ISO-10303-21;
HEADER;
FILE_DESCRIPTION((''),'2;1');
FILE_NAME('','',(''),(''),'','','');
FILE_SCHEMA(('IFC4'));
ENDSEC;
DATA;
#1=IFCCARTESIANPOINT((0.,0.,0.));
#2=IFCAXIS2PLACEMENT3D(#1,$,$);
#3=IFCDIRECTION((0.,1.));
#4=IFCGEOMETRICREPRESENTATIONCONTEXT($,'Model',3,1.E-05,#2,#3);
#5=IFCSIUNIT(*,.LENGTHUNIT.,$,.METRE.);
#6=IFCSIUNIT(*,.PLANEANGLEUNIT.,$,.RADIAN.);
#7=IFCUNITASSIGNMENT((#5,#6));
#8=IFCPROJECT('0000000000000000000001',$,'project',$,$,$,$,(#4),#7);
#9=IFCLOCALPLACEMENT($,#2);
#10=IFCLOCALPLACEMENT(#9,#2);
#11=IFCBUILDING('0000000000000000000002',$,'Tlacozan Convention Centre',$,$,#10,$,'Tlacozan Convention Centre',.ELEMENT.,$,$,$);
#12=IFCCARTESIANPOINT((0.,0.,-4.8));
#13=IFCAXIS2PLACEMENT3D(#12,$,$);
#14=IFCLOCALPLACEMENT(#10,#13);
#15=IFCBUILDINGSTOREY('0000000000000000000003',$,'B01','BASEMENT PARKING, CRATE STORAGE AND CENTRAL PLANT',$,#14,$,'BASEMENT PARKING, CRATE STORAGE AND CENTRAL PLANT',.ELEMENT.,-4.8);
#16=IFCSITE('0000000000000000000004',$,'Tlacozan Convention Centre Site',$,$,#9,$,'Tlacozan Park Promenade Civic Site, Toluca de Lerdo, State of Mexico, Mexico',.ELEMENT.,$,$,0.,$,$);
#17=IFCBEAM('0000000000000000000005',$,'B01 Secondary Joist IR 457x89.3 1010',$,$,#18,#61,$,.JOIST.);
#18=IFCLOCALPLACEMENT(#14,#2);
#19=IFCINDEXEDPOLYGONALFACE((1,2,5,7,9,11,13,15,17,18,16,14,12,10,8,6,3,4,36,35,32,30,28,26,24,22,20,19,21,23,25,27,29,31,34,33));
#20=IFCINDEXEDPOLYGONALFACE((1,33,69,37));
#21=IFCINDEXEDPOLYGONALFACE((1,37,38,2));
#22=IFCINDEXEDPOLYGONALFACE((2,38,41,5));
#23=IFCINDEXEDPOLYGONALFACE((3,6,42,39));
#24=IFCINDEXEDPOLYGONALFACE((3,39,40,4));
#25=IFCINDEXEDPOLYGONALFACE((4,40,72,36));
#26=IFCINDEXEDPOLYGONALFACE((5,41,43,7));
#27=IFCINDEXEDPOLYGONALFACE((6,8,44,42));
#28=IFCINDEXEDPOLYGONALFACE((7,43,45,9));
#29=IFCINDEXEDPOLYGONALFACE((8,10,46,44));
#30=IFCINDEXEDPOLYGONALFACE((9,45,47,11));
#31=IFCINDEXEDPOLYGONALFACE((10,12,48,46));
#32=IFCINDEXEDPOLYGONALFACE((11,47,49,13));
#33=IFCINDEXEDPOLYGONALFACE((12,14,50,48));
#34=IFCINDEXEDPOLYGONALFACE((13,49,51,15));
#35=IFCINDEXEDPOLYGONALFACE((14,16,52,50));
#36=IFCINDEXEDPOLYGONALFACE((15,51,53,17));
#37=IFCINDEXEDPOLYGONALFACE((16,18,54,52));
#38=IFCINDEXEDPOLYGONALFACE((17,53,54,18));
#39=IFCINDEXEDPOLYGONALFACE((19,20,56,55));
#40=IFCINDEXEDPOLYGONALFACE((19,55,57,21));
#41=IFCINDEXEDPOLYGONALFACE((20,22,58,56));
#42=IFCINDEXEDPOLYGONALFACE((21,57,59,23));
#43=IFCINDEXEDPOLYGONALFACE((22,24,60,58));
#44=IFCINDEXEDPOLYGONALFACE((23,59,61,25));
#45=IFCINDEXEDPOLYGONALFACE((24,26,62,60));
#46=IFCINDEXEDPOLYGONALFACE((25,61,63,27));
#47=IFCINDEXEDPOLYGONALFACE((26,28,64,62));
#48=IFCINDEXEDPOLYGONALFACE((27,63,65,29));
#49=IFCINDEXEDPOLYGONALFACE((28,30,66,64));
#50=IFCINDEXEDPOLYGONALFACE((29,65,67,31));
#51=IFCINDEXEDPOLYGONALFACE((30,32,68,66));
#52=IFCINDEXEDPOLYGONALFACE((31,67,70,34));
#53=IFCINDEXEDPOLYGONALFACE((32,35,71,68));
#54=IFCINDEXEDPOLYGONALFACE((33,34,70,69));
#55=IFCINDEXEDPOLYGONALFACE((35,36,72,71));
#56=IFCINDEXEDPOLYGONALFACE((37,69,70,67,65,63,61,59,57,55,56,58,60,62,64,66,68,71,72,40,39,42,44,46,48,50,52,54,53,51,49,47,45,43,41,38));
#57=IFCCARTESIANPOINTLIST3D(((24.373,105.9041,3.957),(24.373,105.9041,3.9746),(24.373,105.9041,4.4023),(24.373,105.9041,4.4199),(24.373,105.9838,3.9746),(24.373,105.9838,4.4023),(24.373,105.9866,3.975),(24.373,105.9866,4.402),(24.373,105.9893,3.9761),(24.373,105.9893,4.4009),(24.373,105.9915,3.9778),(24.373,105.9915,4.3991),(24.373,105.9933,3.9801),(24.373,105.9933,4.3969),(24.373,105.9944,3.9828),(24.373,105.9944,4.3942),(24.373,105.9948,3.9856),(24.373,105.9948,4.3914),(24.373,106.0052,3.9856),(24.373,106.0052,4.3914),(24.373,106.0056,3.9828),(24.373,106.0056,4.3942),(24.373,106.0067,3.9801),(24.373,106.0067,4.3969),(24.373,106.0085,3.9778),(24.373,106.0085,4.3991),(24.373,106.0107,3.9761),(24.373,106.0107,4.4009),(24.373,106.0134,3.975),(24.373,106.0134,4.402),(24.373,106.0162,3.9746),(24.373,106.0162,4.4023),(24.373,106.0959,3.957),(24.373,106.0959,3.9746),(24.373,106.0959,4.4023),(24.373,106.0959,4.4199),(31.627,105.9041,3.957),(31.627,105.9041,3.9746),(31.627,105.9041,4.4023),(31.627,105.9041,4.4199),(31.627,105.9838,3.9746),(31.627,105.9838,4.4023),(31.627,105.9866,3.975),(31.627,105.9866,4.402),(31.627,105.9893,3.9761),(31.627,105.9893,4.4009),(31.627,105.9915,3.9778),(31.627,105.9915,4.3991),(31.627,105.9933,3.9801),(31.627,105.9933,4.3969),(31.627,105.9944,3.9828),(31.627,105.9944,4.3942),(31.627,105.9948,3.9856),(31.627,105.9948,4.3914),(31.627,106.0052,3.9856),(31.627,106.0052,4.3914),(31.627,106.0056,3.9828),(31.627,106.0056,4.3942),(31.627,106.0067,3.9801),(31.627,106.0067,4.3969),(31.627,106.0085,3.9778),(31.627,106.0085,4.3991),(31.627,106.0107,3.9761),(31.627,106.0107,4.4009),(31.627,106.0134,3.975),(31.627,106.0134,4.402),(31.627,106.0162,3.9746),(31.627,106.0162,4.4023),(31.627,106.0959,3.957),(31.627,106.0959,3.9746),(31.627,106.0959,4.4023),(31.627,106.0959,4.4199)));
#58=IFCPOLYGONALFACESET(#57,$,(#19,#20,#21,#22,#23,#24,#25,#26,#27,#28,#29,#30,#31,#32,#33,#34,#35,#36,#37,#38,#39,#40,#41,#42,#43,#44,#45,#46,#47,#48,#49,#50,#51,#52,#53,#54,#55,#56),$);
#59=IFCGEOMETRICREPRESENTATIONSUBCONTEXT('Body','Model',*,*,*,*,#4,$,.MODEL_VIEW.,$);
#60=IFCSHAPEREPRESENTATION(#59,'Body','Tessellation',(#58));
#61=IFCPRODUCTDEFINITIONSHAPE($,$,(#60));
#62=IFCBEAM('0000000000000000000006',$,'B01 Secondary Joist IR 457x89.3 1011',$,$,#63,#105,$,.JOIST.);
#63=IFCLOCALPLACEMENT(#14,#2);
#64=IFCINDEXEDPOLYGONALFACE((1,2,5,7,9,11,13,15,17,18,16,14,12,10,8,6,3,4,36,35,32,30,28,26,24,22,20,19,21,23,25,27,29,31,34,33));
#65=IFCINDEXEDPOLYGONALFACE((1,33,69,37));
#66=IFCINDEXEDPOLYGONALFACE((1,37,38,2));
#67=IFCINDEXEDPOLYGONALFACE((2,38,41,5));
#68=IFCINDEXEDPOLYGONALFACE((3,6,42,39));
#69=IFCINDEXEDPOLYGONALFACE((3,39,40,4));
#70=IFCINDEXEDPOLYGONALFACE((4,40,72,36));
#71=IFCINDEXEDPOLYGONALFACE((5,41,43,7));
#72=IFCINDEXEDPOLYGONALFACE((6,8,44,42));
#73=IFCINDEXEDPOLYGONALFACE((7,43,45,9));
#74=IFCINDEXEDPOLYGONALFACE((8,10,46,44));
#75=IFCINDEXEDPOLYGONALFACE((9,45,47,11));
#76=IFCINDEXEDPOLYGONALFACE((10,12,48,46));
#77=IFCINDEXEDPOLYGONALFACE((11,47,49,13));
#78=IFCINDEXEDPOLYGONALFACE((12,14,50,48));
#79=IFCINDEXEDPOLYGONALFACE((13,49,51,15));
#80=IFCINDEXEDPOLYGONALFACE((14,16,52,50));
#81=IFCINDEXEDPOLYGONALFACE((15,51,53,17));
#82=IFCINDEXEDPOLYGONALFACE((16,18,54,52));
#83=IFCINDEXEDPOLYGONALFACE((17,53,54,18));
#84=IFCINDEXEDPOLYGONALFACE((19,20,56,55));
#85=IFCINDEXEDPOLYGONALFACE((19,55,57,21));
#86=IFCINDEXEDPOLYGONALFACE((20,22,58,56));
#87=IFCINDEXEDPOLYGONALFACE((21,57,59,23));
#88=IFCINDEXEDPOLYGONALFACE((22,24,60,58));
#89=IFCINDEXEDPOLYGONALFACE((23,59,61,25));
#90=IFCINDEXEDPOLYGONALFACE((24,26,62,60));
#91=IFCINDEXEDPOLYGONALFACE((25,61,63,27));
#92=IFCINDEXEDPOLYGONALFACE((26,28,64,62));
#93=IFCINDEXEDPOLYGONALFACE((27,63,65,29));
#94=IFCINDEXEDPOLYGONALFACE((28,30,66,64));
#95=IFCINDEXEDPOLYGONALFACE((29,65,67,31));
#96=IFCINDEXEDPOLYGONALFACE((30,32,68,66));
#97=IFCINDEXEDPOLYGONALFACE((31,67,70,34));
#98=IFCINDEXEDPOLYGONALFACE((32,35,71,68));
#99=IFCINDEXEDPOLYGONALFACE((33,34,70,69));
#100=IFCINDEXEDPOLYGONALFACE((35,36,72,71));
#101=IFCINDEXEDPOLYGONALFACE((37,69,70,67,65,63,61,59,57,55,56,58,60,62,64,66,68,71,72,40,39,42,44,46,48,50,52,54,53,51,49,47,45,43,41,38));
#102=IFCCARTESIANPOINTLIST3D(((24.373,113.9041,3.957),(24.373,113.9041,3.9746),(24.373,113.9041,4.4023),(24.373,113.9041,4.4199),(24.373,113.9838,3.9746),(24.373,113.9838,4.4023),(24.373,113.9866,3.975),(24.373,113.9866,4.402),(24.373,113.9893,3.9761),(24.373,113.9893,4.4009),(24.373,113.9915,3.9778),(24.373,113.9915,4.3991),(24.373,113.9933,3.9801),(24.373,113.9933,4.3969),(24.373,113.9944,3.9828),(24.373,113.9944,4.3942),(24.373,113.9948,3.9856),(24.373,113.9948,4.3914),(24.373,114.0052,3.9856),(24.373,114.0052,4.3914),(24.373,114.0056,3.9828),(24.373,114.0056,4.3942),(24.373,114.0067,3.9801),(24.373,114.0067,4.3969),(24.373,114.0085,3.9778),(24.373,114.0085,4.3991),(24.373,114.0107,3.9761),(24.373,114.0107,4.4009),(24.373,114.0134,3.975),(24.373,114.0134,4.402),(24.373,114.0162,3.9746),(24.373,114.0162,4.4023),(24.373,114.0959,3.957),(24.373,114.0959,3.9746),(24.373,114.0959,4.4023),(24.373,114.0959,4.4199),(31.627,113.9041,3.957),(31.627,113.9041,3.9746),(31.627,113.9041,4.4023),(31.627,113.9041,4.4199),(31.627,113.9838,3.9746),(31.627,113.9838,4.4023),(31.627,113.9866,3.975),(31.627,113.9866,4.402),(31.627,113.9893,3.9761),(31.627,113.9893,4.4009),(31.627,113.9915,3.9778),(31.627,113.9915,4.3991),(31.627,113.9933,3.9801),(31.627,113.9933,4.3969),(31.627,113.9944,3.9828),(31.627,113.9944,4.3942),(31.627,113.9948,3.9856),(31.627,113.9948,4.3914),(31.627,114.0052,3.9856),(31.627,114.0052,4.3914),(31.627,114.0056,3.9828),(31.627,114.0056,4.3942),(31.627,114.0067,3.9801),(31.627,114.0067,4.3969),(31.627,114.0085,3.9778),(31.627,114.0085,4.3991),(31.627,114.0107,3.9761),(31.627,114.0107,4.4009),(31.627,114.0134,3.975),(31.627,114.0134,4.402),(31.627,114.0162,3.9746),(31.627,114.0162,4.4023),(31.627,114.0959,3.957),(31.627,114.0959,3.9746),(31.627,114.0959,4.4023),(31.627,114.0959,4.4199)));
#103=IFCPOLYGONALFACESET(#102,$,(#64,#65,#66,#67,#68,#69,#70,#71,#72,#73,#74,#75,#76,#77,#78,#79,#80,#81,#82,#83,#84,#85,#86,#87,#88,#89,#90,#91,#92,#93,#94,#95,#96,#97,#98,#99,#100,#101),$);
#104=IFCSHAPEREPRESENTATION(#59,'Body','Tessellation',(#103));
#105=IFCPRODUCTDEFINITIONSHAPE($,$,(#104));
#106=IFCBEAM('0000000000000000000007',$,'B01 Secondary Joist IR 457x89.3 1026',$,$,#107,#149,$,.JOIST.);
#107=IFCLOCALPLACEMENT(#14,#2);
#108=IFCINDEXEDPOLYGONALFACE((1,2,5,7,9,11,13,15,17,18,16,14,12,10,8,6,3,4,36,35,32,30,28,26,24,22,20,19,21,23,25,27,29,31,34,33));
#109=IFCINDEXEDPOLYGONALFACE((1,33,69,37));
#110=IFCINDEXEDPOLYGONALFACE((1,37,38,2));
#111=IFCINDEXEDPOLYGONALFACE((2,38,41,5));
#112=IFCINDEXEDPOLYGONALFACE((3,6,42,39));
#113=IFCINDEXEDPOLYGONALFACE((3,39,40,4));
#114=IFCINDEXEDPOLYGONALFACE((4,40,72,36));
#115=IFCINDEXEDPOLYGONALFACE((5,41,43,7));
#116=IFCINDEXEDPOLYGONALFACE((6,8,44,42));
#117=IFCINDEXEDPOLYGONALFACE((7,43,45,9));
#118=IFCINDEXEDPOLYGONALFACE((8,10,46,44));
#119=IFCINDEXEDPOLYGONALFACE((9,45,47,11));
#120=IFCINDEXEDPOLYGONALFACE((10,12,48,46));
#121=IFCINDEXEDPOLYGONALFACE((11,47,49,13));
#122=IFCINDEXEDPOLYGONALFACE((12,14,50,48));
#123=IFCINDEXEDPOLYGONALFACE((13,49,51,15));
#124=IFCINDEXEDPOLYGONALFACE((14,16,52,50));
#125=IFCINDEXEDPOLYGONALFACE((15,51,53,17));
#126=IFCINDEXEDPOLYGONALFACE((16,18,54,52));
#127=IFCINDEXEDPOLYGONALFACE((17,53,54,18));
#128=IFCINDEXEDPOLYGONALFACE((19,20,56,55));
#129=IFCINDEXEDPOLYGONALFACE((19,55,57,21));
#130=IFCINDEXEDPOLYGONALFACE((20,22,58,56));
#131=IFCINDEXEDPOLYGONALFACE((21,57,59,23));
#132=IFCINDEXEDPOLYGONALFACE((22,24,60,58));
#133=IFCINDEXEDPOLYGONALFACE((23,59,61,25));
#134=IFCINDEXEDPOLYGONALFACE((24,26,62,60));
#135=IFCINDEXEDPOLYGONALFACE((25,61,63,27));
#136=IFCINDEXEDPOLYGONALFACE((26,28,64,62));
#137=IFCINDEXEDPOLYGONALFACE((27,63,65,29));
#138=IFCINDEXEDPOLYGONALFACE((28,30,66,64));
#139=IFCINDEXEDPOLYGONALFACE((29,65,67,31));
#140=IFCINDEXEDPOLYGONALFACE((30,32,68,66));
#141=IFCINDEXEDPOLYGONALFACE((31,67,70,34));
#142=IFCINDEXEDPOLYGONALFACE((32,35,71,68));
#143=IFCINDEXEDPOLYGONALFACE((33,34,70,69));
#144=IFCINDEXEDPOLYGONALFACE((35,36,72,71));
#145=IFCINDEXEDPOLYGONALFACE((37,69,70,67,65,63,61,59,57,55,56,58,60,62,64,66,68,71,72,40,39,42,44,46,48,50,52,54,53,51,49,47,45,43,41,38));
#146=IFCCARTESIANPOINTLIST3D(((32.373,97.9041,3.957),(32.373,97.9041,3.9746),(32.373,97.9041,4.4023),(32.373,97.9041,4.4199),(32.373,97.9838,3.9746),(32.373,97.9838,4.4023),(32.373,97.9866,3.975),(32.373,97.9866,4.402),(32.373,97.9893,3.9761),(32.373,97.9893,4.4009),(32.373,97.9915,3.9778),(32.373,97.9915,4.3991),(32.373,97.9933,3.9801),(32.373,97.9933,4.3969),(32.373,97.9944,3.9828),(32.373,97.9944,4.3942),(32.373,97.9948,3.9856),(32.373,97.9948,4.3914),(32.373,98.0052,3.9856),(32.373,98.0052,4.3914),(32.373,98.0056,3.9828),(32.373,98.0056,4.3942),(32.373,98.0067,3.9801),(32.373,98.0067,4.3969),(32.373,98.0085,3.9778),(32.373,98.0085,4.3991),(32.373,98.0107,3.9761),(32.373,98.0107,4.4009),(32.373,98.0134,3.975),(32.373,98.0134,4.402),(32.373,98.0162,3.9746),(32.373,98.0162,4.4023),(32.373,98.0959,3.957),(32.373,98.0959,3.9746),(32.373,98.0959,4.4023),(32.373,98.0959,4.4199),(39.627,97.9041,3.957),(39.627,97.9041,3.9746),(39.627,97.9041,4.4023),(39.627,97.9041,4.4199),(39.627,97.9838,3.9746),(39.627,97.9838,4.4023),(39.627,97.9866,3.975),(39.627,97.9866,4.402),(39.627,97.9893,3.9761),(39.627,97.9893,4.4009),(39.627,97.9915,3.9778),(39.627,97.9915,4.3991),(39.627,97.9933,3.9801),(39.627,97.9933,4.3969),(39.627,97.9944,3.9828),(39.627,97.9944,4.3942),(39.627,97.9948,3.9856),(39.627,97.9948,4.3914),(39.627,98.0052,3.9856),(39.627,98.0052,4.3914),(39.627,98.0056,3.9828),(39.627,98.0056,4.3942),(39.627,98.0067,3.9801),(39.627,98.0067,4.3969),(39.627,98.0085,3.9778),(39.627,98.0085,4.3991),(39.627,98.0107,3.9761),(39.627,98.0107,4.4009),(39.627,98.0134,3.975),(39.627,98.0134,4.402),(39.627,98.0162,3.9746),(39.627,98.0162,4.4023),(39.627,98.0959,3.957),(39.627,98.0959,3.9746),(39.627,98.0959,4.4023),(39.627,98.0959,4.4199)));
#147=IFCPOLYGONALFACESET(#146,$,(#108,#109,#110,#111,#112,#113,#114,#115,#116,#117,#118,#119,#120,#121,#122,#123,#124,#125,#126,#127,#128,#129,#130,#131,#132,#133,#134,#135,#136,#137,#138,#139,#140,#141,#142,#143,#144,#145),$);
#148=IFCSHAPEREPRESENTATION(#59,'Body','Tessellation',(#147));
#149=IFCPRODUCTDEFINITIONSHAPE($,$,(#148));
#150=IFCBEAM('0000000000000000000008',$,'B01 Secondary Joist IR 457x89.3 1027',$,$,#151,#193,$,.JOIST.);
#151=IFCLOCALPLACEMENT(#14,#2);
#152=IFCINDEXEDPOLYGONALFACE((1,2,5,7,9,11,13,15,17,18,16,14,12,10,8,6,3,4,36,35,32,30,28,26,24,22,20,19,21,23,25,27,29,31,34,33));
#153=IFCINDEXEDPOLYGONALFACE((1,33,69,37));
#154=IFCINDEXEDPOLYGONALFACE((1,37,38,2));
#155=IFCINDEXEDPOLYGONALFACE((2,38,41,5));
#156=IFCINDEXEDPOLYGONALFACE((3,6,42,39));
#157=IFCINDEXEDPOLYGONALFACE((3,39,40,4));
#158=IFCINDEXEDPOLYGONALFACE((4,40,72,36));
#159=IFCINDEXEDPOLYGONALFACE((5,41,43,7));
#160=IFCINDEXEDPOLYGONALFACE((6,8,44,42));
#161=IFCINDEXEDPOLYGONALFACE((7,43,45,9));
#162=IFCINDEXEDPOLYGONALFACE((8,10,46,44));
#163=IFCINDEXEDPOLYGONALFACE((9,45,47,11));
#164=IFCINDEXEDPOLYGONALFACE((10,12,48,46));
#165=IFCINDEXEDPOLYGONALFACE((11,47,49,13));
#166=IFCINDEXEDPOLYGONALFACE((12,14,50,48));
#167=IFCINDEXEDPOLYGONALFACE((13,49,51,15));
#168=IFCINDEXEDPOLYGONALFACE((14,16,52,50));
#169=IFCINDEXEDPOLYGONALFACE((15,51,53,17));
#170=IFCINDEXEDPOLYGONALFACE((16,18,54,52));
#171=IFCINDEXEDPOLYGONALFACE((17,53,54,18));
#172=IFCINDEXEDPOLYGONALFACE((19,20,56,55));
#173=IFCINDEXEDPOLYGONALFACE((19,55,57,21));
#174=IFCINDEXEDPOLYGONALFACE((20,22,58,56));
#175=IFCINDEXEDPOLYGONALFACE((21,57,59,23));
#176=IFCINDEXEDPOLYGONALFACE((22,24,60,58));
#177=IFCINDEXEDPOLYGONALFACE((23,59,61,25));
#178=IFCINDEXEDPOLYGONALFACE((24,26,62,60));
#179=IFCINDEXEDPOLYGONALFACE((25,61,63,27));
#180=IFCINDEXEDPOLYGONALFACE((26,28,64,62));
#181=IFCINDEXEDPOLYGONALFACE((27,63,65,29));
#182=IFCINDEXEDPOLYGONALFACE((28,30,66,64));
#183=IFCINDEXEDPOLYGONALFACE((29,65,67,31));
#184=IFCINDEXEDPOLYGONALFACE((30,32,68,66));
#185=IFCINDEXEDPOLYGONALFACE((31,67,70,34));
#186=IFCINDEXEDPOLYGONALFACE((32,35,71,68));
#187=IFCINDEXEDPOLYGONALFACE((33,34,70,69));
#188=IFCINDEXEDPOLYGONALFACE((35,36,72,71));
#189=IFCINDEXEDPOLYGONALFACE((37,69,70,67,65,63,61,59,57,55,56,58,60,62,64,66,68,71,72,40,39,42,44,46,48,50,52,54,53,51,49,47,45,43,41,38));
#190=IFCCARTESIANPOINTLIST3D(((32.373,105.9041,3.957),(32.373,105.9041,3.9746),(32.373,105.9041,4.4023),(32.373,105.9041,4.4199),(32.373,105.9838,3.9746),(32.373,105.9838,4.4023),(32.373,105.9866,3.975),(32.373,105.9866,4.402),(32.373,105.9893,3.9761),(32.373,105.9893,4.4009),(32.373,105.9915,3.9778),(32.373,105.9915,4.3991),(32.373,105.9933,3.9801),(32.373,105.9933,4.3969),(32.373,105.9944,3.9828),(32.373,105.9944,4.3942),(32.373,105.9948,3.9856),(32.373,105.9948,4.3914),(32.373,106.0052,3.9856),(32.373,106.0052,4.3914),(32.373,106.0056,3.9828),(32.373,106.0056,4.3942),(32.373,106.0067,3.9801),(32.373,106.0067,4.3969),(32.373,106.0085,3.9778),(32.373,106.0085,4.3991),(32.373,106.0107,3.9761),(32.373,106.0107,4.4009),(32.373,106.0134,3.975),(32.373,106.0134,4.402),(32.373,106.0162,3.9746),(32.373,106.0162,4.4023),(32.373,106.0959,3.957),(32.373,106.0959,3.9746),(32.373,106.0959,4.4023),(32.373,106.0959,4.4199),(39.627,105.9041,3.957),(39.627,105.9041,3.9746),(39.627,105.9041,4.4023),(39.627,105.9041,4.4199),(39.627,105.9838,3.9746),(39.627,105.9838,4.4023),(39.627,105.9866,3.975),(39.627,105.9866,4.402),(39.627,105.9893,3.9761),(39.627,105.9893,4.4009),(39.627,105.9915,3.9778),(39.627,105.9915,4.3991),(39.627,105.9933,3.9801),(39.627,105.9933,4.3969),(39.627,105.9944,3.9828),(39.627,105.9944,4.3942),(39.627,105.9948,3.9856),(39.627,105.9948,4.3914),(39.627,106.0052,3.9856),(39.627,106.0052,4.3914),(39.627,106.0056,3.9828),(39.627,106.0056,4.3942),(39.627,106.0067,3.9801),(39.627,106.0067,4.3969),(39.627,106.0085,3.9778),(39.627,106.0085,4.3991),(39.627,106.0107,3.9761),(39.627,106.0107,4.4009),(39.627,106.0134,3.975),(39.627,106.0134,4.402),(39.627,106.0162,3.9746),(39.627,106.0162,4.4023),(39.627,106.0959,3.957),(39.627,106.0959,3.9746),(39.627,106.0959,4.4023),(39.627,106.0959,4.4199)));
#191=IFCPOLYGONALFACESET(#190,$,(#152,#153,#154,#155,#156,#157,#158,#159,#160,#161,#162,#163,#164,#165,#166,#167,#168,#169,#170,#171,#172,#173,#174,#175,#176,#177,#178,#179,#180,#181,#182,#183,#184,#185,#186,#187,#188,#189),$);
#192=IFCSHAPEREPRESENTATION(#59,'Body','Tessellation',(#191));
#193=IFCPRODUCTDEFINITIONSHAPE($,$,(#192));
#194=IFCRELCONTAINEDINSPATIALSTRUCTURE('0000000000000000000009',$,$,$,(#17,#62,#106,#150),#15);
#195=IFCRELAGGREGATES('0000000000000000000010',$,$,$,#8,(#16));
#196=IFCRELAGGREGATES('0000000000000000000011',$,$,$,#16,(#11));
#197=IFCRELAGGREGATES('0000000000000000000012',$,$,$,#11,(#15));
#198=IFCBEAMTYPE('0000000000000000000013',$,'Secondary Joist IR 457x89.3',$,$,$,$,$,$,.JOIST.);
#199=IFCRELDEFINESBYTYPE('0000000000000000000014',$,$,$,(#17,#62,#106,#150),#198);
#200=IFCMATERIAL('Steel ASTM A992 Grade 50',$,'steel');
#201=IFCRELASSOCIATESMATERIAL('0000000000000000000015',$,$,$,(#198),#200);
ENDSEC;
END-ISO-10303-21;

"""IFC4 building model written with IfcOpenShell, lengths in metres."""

from ifc_helpers import new_model, si_unit, direction, frame, origin, origin_2d, place, context, subcontext, project, spatial, i_section, extrude, material, material_profile, profile_set, type_object, element, save


model = new_model("IFC4")

# Units and contexts
model_context = context("Model", 3, precision=1e-05, world=origin(), true_north=direction((0.0, 1.0)))
body_context = subcontext(model_context, "Body", "Model", "MODEL_VIEW")
ifc_project = project(units=[si_unit("LENGTHUNIT", "METRE"), si_unit("PLANEANGLEUNIT", "RADIAN")], contexts=[model_context])

# Site, building, storey
site_placement = place(None, origin())
site = spatial("IfcSite", under=ifc_project, at=site_placement, Name="Tlacozan Convention Centre Site", LongName="Tlacozan Park Promenade Civic Site, Toluca de Lerdo, State of Mexico, Mexico", CompositionType="ELEMENT", RefElevation=0.0)
building_placement = place(site_placement, origin())
building = spatial("IfcBuilding", under=site, at=building_placement, Name="Tlacozan Convention Centre", LongName="Tlacozan Convention Centre", CompositionType="ELEMENT")
storey_placement = place(building_placement, frame((0.0, 0.0, -4.8)))
storey = spatial("IfcBuildingStorey", under=building, at=storey_placement, Name="B01", Description="BASEMENT PARKING, CRATE STORAGE AND CENTRAL PLANT", LongName="BASEMENT PARKING, CRATE STORAGE AND CENTRAL PLANT", CompositionType="ELEMENT", Elevation=-4.8)

# Beams
ifc_material_1 = material(Name="Steel ASTM A992 Grade 50", Category="steel")
ifc_material_profile_1 = material_profile(ifc_material_1, i_section(OverallWidth=0.1919, OverallDepth=0.4629, WebThickness=0.0105, FlangeThickness=0.0176, FilletRadius=0.011, at=origin_2d()), Name="IR 457x89.3")
ifc_profile_set_1 = profile_set([ifc_material_profile_1], Name="Steel ASTM A992 Grade 50")
beam_type_1 = type_object("IfcBeamType", Name="Secondary Joist IR 457x89.3", PredefinedType="JOIST", material=ifc_profile_set_1)
for number, where, z_axis, x_axis, name in (
    (1, (24.373, 106.0, 4.1885), (1.0, 0.0, 0.0), (0.0, 1.0, 0.0), "B01 Secondary Joist IR 457x89.3 1010"),
    (2, (24.373, 114.0, 4.1885), (1.0, 0.0, 0.0), (0.0, 1.0, 0.0), "B01 Secondary Joist IR 457x89.3 1011"),
    (3, (32.373, 98.0, 4.1885), (1.0, 0.0, 0.0), (0.0, 1.0, 0.0), "B01 Secondary Joist IR 457x89.3 1026"),
    (4, (32.373, 106.0, 4.1885), (1.0, 0.0, 0.0), (0.0, 1.0, 0.0), "B01 Secondary Joist IR 457x89.3 1027"),
):
    element("IfcBeam", number, at=place(storey_placement, frame(where, z_axis=z_axis, x_axis=x_axis)), inside=storey, type_object=beam_type_1, Name=name, PredefinedType="JOIST", context=body_context, shape_type="SweptSolid", body=[
        extrude(i_section(OverallWidth=0.1919, OverallDepth=0.4629, WebThickness=0.0105, FlangeThickness=0.0176, FilletRadius=0.011, at=origin_2d()), origin(), (0.0, 0.0, 1.0), 7.2539),
    ])

save(model, "model.ifc")
